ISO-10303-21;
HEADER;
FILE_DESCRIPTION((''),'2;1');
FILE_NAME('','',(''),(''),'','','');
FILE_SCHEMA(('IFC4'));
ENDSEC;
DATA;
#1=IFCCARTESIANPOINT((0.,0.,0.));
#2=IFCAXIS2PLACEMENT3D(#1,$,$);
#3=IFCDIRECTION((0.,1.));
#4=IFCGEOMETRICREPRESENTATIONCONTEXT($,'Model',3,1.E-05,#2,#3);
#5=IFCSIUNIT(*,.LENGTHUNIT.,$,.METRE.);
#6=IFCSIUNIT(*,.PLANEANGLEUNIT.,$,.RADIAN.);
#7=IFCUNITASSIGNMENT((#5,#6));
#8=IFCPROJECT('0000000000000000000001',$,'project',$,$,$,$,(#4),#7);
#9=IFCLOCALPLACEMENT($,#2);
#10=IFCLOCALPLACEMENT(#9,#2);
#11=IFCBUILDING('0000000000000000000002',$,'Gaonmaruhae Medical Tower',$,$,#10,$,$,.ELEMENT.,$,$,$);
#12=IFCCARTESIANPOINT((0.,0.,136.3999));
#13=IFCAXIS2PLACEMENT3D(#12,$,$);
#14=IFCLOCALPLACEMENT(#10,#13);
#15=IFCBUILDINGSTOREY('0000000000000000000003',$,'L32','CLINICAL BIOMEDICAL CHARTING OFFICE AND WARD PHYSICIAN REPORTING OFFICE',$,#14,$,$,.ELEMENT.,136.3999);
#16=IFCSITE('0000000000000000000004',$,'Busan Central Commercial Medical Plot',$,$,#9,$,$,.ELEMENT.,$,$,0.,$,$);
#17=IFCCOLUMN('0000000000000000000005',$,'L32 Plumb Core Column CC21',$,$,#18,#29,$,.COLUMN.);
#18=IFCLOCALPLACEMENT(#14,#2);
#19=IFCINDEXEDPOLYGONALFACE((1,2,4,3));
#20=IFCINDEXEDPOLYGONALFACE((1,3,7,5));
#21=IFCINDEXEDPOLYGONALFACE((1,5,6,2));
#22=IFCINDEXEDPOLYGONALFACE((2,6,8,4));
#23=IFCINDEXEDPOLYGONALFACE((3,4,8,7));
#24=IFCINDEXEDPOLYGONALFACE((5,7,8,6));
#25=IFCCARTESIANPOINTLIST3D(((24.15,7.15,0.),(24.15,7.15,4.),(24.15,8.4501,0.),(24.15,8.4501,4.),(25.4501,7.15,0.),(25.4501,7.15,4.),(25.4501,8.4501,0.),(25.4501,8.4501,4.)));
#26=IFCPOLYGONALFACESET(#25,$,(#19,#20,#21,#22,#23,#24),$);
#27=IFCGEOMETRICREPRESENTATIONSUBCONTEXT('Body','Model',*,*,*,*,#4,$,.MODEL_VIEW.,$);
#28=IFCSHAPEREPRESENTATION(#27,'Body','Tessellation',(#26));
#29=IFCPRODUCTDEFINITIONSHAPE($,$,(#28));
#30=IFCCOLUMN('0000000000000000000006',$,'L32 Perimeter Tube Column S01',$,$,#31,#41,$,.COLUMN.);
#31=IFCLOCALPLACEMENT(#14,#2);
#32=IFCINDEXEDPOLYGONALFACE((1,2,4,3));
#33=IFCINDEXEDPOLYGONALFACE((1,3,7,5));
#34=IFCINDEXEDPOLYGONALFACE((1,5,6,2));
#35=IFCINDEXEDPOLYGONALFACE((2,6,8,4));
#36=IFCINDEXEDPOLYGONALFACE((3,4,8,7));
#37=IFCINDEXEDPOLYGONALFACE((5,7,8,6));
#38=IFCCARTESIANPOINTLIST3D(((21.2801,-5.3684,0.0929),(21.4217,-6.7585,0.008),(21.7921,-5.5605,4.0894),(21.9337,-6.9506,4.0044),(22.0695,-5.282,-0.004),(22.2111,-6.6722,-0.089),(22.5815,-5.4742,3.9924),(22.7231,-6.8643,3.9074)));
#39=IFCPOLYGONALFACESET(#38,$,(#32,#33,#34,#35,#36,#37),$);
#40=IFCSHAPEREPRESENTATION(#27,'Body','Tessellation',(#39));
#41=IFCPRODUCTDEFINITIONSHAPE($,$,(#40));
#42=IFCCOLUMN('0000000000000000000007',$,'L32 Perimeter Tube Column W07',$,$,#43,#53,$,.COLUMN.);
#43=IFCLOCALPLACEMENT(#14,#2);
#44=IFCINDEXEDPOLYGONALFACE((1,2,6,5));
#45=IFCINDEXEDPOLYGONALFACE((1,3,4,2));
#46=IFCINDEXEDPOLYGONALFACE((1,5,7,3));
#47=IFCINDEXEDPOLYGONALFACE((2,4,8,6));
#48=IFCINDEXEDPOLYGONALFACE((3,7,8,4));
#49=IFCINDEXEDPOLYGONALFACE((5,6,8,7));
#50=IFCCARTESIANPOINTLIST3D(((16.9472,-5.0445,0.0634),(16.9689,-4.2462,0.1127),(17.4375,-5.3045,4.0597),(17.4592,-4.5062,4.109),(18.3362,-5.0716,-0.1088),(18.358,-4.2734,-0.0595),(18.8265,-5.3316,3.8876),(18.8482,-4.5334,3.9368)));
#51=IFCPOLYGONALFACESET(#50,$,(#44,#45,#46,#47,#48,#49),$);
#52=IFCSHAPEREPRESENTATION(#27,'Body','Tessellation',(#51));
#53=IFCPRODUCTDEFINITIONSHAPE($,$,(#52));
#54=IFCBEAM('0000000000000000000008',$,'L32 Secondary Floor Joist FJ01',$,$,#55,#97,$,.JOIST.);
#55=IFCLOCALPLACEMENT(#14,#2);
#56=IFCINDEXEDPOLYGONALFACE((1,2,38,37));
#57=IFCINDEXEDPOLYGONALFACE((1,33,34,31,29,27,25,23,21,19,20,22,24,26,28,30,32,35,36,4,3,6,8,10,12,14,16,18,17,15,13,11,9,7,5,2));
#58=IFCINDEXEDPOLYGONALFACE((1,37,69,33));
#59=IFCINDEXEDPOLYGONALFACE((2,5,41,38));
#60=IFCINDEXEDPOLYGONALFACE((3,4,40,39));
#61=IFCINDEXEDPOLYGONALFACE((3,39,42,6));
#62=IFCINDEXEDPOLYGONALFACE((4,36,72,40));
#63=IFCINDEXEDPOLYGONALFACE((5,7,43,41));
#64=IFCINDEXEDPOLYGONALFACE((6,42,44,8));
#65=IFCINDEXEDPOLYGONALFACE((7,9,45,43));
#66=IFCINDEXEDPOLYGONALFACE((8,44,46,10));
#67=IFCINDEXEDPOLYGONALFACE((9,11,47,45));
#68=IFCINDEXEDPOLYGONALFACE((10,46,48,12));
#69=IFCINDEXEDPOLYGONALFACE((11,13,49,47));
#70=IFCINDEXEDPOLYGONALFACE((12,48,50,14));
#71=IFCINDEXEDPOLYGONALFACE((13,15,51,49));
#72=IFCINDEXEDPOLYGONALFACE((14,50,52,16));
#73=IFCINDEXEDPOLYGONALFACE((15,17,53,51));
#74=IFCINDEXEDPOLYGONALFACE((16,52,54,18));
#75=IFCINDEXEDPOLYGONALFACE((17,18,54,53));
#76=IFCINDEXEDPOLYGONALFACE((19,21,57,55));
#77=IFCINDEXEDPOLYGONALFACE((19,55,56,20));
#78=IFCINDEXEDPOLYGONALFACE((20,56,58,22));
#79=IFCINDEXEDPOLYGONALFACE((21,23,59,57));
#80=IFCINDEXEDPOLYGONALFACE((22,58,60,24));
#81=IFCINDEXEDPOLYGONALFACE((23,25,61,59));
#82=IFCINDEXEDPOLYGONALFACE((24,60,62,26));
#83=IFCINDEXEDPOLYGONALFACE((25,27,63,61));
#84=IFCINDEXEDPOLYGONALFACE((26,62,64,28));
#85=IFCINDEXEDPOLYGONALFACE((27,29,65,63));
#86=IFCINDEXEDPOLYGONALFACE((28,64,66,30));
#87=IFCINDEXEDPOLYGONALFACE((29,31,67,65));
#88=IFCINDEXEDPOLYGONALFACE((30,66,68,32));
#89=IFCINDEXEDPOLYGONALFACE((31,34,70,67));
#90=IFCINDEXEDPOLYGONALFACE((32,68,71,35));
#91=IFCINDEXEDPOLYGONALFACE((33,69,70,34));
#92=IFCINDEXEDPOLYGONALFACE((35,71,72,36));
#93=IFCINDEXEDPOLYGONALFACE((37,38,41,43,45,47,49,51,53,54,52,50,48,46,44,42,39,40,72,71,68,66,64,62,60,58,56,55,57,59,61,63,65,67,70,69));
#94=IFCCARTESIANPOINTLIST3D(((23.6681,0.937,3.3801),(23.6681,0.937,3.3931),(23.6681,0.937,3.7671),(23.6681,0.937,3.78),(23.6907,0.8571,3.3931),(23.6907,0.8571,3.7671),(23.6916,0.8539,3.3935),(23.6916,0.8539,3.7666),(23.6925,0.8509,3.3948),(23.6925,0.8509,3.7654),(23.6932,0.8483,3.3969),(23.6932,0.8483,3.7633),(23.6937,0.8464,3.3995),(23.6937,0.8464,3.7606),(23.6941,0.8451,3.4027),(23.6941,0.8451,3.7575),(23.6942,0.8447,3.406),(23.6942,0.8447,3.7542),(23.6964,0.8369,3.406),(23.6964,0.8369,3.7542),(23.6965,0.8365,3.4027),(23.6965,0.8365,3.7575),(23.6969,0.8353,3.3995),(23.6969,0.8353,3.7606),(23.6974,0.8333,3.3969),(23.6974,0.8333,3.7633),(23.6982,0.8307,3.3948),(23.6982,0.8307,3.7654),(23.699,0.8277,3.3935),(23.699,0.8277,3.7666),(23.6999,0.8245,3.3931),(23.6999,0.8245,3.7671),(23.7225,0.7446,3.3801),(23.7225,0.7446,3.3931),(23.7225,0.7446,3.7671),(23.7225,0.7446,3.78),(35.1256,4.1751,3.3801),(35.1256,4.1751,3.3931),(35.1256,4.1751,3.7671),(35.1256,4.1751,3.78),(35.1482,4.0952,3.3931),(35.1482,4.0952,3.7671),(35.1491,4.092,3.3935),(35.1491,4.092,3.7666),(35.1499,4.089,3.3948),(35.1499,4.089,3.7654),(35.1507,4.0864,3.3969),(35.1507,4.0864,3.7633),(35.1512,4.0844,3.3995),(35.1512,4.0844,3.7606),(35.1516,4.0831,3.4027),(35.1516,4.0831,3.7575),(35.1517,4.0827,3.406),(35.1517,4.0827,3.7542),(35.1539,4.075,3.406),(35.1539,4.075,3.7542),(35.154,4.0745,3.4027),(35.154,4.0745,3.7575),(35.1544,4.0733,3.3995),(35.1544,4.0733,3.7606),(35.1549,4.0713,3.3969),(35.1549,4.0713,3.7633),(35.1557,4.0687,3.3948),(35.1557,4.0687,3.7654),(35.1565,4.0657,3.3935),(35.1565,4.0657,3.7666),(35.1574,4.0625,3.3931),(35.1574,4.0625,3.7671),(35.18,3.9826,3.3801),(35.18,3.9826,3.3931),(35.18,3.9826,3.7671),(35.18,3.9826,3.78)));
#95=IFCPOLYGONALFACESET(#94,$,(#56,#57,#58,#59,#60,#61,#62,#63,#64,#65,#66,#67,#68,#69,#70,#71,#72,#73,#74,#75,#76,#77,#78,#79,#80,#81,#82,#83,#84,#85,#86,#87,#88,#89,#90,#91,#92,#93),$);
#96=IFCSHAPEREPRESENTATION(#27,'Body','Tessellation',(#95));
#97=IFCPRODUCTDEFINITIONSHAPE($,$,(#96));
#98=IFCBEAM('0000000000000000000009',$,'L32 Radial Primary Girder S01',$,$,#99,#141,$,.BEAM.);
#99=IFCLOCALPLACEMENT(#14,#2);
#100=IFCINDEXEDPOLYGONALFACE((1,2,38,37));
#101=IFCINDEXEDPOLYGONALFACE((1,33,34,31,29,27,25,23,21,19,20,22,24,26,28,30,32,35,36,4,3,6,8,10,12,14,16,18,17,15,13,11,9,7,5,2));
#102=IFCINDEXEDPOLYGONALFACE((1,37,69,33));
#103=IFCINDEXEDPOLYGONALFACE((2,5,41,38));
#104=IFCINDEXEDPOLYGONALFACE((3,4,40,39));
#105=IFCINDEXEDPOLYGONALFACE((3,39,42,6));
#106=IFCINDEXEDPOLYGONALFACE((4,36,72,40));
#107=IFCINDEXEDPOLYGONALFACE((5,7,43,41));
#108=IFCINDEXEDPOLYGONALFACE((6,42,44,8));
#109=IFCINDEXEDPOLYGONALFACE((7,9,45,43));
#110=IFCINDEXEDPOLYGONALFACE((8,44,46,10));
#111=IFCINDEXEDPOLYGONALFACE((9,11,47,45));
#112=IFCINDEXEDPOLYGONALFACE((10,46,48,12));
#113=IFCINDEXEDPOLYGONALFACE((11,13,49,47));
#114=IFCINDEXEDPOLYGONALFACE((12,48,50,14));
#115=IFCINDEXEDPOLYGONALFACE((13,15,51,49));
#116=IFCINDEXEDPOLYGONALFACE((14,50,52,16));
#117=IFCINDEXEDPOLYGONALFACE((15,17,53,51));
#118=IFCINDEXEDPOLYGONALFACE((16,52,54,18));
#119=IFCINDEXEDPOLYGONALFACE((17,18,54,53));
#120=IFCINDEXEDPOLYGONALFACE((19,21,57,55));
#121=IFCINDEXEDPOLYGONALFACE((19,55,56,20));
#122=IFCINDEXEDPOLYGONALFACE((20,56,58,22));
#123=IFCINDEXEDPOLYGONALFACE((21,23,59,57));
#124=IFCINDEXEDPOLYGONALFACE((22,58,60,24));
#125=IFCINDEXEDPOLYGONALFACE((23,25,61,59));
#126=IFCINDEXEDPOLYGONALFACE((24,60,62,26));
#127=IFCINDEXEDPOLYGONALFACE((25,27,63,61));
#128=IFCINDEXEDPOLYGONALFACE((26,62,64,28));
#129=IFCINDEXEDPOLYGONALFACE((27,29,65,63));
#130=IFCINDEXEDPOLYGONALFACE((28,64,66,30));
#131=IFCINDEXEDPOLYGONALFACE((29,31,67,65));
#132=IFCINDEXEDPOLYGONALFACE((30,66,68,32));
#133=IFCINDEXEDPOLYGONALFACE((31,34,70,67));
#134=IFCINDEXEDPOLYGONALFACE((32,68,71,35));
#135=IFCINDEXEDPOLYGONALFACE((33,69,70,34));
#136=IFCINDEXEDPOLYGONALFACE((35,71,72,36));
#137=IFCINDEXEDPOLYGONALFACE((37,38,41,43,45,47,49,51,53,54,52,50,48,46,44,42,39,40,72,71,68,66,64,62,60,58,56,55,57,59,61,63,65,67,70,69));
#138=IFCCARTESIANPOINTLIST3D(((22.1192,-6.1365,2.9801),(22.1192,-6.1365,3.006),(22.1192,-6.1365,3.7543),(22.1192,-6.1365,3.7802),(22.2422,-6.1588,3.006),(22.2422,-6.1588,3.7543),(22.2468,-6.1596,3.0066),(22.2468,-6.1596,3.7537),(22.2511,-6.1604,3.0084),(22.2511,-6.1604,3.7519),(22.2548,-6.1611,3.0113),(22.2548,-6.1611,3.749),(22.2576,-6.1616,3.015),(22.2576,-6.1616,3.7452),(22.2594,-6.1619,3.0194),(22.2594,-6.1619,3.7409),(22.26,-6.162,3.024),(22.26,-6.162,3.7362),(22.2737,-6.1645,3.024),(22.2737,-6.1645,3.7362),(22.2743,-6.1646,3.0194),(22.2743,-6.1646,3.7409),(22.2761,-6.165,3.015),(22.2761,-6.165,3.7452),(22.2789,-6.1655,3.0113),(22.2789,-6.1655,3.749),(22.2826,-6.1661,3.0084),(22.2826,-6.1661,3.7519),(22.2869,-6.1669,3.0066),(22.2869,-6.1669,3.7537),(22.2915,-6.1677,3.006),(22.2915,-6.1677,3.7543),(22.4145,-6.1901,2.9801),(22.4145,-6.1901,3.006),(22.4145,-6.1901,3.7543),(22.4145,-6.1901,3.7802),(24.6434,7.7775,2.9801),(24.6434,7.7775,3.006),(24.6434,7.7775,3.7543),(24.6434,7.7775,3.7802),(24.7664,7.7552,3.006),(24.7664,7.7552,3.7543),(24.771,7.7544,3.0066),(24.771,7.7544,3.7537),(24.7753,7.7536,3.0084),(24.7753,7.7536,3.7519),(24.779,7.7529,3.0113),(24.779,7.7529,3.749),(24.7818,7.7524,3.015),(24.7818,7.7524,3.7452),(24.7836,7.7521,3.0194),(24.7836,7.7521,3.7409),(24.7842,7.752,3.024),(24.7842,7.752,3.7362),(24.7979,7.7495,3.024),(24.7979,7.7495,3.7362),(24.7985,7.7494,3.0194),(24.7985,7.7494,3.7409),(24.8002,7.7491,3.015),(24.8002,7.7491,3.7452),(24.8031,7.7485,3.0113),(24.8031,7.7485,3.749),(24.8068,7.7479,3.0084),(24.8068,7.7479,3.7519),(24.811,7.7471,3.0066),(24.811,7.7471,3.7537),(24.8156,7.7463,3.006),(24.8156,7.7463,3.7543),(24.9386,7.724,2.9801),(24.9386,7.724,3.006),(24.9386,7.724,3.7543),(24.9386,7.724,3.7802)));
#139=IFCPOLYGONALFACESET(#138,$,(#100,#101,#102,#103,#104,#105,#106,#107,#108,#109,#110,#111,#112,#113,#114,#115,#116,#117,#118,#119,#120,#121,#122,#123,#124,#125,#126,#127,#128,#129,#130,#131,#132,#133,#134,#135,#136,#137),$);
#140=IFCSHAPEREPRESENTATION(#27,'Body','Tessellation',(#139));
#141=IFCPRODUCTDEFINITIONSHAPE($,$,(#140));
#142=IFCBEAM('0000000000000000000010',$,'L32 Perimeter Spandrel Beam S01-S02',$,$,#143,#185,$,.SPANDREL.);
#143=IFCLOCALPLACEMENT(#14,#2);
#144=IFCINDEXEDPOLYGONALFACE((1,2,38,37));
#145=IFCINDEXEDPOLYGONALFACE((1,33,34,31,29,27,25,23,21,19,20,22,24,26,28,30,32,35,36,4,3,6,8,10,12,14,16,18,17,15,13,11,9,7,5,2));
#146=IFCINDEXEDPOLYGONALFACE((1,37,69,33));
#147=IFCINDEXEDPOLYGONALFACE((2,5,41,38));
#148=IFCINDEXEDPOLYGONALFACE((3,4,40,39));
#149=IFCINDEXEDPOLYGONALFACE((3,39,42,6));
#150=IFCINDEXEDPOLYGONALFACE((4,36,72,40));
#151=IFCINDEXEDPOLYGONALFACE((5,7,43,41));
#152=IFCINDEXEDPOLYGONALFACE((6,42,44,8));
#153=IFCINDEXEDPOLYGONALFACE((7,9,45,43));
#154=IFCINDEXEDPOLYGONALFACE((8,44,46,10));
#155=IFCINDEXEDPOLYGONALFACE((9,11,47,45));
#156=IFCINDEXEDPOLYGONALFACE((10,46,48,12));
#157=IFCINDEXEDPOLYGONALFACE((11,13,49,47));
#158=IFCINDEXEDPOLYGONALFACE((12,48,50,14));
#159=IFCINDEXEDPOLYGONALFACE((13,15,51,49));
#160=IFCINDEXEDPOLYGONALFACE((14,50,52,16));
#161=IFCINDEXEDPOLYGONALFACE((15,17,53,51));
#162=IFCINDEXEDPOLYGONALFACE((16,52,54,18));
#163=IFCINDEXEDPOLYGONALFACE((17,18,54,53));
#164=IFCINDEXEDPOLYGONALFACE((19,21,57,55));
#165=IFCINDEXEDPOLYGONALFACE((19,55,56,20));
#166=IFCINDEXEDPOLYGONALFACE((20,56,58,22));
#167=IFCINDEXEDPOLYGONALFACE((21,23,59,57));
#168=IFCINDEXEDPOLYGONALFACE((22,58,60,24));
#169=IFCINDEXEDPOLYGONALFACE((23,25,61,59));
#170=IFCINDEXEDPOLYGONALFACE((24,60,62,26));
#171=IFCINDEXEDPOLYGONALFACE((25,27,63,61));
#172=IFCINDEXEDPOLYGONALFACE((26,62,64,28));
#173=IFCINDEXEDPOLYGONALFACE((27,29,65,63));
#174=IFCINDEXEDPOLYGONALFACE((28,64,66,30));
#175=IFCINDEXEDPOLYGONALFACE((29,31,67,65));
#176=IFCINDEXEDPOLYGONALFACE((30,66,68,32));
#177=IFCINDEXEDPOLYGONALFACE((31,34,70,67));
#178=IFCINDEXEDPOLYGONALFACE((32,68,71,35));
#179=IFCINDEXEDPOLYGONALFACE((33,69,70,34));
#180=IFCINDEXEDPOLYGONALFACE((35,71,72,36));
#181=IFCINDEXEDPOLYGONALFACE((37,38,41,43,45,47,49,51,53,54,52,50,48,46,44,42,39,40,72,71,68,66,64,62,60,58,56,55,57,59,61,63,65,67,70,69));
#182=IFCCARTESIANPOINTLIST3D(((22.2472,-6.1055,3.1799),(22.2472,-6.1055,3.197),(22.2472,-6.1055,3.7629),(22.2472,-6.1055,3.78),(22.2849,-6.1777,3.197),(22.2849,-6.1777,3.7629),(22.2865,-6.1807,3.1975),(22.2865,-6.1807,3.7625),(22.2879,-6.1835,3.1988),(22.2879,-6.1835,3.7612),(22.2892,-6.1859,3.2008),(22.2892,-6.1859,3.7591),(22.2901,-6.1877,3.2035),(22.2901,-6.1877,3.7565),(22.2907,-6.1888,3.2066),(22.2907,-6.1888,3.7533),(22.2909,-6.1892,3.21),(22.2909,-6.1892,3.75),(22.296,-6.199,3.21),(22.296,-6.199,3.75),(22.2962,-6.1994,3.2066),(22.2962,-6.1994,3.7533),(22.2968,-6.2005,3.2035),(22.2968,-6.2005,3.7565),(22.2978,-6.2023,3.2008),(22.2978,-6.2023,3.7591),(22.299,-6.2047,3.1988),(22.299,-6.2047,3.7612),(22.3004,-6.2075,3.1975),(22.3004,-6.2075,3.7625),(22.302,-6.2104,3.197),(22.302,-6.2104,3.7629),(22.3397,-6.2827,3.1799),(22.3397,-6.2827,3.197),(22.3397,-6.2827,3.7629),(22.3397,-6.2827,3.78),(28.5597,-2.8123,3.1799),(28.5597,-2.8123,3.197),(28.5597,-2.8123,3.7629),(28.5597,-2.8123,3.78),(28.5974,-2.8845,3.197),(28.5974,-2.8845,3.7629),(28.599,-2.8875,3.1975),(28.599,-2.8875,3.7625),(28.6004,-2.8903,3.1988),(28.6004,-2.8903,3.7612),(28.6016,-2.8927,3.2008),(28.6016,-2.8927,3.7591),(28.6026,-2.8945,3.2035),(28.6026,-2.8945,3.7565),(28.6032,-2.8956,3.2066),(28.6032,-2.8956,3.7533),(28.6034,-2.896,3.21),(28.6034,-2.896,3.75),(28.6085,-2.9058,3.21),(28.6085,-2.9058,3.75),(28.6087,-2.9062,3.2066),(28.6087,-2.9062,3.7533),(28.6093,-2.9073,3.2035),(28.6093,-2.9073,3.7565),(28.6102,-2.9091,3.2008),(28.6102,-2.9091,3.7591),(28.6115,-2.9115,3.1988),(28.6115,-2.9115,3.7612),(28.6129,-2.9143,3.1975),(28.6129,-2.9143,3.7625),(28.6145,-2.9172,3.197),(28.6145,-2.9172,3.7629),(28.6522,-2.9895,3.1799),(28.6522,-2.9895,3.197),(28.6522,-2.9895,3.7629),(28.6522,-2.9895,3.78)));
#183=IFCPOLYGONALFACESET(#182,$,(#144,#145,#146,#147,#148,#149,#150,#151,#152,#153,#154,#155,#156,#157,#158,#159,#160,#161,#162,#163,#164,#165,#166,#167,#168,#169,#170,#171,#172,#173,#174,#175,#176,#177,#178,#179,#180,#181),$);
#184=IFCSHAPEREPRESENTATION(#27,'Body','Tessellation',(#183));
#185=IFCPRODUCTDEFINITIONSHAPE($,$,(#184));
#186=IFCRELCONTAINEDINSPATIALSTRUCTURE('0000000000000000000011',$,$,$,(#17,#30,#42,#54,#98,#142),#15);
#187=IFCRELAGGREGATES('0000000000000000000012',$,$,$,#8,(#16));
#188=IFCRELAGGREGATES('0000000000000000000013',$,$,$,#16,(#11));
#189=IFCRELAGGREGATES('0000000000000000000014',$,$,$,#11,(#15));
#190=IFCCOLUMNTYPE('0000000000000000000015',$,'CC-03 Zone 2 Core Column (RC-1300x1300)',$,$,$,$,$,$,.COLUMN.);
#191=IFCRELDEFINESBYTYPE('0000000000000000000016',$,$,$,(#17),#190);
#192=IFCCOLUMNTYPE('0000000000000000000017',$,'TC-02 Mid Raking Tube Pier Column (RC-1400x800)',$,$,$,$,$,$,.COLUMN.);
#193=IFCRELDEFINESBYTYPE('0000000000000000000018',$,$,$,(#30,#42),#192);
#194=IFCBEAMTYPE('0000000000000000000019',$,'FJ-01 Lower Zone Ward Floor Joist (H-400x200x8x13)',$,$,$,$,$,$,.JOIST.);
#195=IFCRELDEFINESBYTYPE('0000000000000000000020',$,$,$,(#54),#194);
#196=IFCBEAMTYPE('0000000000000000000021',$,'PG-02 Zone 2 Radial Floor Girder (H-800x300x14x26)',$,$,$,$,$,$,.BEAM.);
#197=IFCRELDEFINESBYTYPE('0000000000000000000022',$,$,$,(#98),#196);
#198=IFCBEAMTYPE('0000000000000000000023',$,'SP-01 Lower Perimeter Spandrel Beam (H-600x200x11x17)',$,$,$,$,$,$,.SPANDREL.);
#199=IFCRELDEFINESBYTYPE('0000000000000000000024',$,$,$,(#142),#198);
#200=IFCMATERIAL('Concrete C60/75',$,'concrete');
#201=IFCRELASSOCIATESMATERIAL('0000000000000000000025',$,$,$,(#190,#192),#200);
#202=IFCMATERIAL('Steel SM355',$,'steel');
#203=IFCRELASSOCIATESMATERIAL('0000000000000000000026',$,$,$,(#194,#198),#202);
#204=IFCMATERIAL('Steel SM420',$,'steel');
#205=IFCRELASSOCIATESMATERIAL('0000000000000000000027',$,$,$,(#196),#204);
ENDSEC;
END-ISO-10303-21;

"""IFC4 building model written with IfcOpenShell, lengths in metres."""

from ifc_helpers import new_model, si_unit, direction, frame, origin, origin_2d, place, context, subcontext, project, spatial, rectangle, i_section, extrude, material, material_profile, profile_set, type_object, element, save


model = new_model("IFC4")

# Units and contexts
model_context = context("Model", 3, precision=1e-05, world=origin(), true_north=direction((0.0, 1.0)))
body_context = subcontext(model_context, "Body", "Model", "MODEL_VIEW")
ifc_project = project(units=[si_unit("LENGTHUNIT", "METRE"), si_unit("PLANEANGLEUNIT", "RADIAN")], contexts=[model_context])

# Site, building, storey
site_placement = place(None, origin())
site = spatial("IfcSite", under=ifc_project, at=site_placement, Name="Busan Central Commercial Medical Plot", CompositionType="ELEMENT", RefElevation=0.0)
building_placement = place(site_placement, origin())
building = spatial("IfcBuilding", under=site, at=building_placement, Name="Gaonmaruhae Medical Tower", CompositionType="ELEMENT")
storey_placement = place(building_placement, frame((0.0, 0.0, 136.3999)))
storey = spatial("IfcBuildingStorey", under=building, at=storey_placement, Name="L32", Description="CLINICAL BIOMEDICAL CHARTING OFFICE AND WARD PHYSICIAN REPORTING OFFICE", CompositionType="ELEMENT", Elevation=136.3999)

# Columns
ifc_material_1 = material(Name="Concrete C60/75", Category="concrete")
ifc_material_profile_1 = material_profile(ifc_material_1, rectangle(XDim=1.3, YDim=1.3, at=origin_2d()), Name="RC-1300x1300")
ifc_profile_set_1 = profile_set([ifc_material_profile_1], Name="Concrete C60/75")
column_type_1 = type_object("IfcColumnType", Name="CC-03 Zone 2 Core Column (RC-1300x1300)", PredefinedType="COLUMN", material=ifc_profile_set_1)
column_1_placement = place(storey_placement, frame((24.8, 7.8, 0.0), z_axis=(0.0, 0.0, 1.0), x_axis=(1.0, 0.0, 0.0)))
element("IfcColumn", 1, at=column_1_placement, inside=storey, type_object=column_type_1, Name="L32 Plumb Core Column CC21", PredefinedType="COLUMN", context=body_context, shape_type="SweptSolid", body=[
    extrude(rectangle(XDim=1.3, YDim=1.3, at=origin_2d()), origin(), (0.0, 0.0, 1.0), 4.0),
])
ifc_material_profile_2 = material_profile(ifc_material_1, rectangle(XDim=1.3999, YDim=0.8, at=origin_2d()), Name="RC-1400x800")
ifc_profile_set_2 = profile_set([ifc_material_profile_2], Name="Concrete C60/75")
column_type_2 = type_object("IfcColumnType", Name="TC-02 Mid Raking Tube Pier Column (RC-1400x800)", PredefinedType="COLUMN", material=ifc_profile_set_2)
column_2_placement = place(storey_placement, frame((21.7456, -6.0203, 0.002), z_axis=(0.126925, -0.047635, 0.990768), x_axis=(-0.101161, 0.993016, 0.060703)))
element("IfcColumn", 2, at=column_2_placement, inside=storey, type_object=column_type_2, Name="L32 Perimeter Tube Column S01", PredefinedType="COLUMN", context=body_context, shape_type="SweptSolid", body=[
    extrude(rectangle(XDim=1.3999, YDim=0.8, at=origin_2d()), origin(), (0.0, 0.0, 1.0), 4.0337),
])
column_3_placement = place(storey_placement, frame((17.6526, -4.6589, 0.002), z_axis=(0.121505, -0.064444, 0.990497), x_axis=(-0.992219, 0.019413, 0.122979)))
element("IfcColumn", 3, at=column_3_placement, inside=storey, type_object=column_type_2, Name="L32 Perimeter Tube Column W07", PredefinedType="COLUMN", context=body_context, shape_type="SweptSolid", body=[
    extrude(rectangle(XDim=1.3999, YDim=0.8, at=origin_2d()), origin(), (0.0, 0.0, 1.0), 4.0347),
])

# Beams
ifc_material_2 = material(Name="Steel SM355", Category="steel")
ifc_material_profile_3 = material_profile(ifc_material_2, i_section(OverallWidth=0.2, OverallDepth=0.3999, WebThickness=0.0081, FlangeThickness=0.0129, FilletRadius=0.0129, at=origin_2d()), Name="H-400x200x8x13")
ifc_profile_set_3 = profile_set([ifc_material_profile_3], Name="Steel SM355")
beam_type_1 = type_object("IfcBeamType", Name="FJ-01 Lower Zone Ward Floor Joist (H-400x200x8x13)", PredefinedType="JOIST", material=ifc_profile_set_3)
beam_1_placement = place(storey_placement, frame((23.6953, 0.8408, 3.5801), z_axis=(0.962308, 0.27196, 0.0), x_axis=(-0.27196, 0.962308, 0.0)))
element("IfcBeam", 4, at=beam_1_placement, inside=storey, type_object=beam_type_1, Name="L32 Secondary Floor Joist FJ01", PredefinedType="JOIST", context=body_context, shape_type="SweptSolid", body=[
    extrude(i_section(OverallWidth=0.2, OverallDepth=0.3999, WebThickness=0.0081, FlangeThickness=0.0129, FilletRadius=0.0129, at=origin_2d()), origin(), (0.0, 0.0, 1.0), 11.9062),
])
ifc_material_3 = material(Name="Steel SM420", Category="steel")
ifc_material_profile_4 = material_profile(ifc_material_3, i_section(OverallWidth=0.3, OverallDepth=0.8, WebThickness=0.0139, FlangeThickness=0.0259, FilletRadius=0.0181, at=origin_2d()), Name="H-800x300x14x26")
ifc_profile_set_4 = profile_set([ifc_material_profile_4], Name="Steel SM420")
beam_type_2 = type_object("IfcBeamType", Name="PG-02 Zone 2 Radial Floor Girder (H-800x300x14x26)", PredefinedType="BEAM", material=ifc_profile_set_4)
beam_2_placement = place(storey_placement, frame((24.791, 7.7507, 3.3801), z_axis=(-0.178498, -0.98394, 0.0), x_axis=(0.98394, -0.178498, 0.0)))
element("IfcBeam", 5, at=beam_2_placement, inside=storey, type_object=beam_type_2, Name="L32 Radial Primary Girder S01", PredefinedType="BEAM", context=body_context, shape_type="SweptSolid", body=[
    extrude(i_section(OverallWidth=0.3, OverallDepth=0.8, WebThickness=0.0139, FlangeThickness=0.0259, FilletRadius=0.0181, at=origin_2d()), origin(), (0.0, 0.0, 1.0), 14.1411),
])
ifc_material_profile_5 = material_profile(ifc_material_2, i_section(OverallWidth=0.2, OverallDepth=0.6001, WebThickness=0.011, FlangeThickness=0.0171, FilletRadius=0.0129, at=origin_2d()), Name="H-600x200x11x17")
ifc_profile_set_5 = profile_set([ifc_material_profile_5], Name="Steel SM355")
beam_type_3 = type_object("IfcBeamType", Name="SP-01 Lower Perimeter Spandrel Beam (H-600x200x11x17)", PredefinedType="SPANDREL", material=ifc_profile_set_5)
beam_3_placement = place(storey_placement, frame((22.2935, -6.1941, 3.48), z_axis=(0.8866, 0.462537, 0.0), x_axis=(-0.462537, 0.8866, 0.0)))
element("IfcBeam", 6, at=beam_3_placement, inside=storey, type_object=beam_type_3, Name="L32 Perimeter Spandrel Beam S01-S02", PredefinedType="SPANDREL", context=body_context, shape_type="SweptSolid", body=[
    extrude(i_section(OverallWidth=0.2, OverallDepth=0.6001, WebThickness=0.011, FlangeThickness=0.0171, FilletRadius=0.0129, at=origin_2d()), origin(), (0.0, 0.0, 1.0), 7.1199),
])

save(model, "model.ifc")
